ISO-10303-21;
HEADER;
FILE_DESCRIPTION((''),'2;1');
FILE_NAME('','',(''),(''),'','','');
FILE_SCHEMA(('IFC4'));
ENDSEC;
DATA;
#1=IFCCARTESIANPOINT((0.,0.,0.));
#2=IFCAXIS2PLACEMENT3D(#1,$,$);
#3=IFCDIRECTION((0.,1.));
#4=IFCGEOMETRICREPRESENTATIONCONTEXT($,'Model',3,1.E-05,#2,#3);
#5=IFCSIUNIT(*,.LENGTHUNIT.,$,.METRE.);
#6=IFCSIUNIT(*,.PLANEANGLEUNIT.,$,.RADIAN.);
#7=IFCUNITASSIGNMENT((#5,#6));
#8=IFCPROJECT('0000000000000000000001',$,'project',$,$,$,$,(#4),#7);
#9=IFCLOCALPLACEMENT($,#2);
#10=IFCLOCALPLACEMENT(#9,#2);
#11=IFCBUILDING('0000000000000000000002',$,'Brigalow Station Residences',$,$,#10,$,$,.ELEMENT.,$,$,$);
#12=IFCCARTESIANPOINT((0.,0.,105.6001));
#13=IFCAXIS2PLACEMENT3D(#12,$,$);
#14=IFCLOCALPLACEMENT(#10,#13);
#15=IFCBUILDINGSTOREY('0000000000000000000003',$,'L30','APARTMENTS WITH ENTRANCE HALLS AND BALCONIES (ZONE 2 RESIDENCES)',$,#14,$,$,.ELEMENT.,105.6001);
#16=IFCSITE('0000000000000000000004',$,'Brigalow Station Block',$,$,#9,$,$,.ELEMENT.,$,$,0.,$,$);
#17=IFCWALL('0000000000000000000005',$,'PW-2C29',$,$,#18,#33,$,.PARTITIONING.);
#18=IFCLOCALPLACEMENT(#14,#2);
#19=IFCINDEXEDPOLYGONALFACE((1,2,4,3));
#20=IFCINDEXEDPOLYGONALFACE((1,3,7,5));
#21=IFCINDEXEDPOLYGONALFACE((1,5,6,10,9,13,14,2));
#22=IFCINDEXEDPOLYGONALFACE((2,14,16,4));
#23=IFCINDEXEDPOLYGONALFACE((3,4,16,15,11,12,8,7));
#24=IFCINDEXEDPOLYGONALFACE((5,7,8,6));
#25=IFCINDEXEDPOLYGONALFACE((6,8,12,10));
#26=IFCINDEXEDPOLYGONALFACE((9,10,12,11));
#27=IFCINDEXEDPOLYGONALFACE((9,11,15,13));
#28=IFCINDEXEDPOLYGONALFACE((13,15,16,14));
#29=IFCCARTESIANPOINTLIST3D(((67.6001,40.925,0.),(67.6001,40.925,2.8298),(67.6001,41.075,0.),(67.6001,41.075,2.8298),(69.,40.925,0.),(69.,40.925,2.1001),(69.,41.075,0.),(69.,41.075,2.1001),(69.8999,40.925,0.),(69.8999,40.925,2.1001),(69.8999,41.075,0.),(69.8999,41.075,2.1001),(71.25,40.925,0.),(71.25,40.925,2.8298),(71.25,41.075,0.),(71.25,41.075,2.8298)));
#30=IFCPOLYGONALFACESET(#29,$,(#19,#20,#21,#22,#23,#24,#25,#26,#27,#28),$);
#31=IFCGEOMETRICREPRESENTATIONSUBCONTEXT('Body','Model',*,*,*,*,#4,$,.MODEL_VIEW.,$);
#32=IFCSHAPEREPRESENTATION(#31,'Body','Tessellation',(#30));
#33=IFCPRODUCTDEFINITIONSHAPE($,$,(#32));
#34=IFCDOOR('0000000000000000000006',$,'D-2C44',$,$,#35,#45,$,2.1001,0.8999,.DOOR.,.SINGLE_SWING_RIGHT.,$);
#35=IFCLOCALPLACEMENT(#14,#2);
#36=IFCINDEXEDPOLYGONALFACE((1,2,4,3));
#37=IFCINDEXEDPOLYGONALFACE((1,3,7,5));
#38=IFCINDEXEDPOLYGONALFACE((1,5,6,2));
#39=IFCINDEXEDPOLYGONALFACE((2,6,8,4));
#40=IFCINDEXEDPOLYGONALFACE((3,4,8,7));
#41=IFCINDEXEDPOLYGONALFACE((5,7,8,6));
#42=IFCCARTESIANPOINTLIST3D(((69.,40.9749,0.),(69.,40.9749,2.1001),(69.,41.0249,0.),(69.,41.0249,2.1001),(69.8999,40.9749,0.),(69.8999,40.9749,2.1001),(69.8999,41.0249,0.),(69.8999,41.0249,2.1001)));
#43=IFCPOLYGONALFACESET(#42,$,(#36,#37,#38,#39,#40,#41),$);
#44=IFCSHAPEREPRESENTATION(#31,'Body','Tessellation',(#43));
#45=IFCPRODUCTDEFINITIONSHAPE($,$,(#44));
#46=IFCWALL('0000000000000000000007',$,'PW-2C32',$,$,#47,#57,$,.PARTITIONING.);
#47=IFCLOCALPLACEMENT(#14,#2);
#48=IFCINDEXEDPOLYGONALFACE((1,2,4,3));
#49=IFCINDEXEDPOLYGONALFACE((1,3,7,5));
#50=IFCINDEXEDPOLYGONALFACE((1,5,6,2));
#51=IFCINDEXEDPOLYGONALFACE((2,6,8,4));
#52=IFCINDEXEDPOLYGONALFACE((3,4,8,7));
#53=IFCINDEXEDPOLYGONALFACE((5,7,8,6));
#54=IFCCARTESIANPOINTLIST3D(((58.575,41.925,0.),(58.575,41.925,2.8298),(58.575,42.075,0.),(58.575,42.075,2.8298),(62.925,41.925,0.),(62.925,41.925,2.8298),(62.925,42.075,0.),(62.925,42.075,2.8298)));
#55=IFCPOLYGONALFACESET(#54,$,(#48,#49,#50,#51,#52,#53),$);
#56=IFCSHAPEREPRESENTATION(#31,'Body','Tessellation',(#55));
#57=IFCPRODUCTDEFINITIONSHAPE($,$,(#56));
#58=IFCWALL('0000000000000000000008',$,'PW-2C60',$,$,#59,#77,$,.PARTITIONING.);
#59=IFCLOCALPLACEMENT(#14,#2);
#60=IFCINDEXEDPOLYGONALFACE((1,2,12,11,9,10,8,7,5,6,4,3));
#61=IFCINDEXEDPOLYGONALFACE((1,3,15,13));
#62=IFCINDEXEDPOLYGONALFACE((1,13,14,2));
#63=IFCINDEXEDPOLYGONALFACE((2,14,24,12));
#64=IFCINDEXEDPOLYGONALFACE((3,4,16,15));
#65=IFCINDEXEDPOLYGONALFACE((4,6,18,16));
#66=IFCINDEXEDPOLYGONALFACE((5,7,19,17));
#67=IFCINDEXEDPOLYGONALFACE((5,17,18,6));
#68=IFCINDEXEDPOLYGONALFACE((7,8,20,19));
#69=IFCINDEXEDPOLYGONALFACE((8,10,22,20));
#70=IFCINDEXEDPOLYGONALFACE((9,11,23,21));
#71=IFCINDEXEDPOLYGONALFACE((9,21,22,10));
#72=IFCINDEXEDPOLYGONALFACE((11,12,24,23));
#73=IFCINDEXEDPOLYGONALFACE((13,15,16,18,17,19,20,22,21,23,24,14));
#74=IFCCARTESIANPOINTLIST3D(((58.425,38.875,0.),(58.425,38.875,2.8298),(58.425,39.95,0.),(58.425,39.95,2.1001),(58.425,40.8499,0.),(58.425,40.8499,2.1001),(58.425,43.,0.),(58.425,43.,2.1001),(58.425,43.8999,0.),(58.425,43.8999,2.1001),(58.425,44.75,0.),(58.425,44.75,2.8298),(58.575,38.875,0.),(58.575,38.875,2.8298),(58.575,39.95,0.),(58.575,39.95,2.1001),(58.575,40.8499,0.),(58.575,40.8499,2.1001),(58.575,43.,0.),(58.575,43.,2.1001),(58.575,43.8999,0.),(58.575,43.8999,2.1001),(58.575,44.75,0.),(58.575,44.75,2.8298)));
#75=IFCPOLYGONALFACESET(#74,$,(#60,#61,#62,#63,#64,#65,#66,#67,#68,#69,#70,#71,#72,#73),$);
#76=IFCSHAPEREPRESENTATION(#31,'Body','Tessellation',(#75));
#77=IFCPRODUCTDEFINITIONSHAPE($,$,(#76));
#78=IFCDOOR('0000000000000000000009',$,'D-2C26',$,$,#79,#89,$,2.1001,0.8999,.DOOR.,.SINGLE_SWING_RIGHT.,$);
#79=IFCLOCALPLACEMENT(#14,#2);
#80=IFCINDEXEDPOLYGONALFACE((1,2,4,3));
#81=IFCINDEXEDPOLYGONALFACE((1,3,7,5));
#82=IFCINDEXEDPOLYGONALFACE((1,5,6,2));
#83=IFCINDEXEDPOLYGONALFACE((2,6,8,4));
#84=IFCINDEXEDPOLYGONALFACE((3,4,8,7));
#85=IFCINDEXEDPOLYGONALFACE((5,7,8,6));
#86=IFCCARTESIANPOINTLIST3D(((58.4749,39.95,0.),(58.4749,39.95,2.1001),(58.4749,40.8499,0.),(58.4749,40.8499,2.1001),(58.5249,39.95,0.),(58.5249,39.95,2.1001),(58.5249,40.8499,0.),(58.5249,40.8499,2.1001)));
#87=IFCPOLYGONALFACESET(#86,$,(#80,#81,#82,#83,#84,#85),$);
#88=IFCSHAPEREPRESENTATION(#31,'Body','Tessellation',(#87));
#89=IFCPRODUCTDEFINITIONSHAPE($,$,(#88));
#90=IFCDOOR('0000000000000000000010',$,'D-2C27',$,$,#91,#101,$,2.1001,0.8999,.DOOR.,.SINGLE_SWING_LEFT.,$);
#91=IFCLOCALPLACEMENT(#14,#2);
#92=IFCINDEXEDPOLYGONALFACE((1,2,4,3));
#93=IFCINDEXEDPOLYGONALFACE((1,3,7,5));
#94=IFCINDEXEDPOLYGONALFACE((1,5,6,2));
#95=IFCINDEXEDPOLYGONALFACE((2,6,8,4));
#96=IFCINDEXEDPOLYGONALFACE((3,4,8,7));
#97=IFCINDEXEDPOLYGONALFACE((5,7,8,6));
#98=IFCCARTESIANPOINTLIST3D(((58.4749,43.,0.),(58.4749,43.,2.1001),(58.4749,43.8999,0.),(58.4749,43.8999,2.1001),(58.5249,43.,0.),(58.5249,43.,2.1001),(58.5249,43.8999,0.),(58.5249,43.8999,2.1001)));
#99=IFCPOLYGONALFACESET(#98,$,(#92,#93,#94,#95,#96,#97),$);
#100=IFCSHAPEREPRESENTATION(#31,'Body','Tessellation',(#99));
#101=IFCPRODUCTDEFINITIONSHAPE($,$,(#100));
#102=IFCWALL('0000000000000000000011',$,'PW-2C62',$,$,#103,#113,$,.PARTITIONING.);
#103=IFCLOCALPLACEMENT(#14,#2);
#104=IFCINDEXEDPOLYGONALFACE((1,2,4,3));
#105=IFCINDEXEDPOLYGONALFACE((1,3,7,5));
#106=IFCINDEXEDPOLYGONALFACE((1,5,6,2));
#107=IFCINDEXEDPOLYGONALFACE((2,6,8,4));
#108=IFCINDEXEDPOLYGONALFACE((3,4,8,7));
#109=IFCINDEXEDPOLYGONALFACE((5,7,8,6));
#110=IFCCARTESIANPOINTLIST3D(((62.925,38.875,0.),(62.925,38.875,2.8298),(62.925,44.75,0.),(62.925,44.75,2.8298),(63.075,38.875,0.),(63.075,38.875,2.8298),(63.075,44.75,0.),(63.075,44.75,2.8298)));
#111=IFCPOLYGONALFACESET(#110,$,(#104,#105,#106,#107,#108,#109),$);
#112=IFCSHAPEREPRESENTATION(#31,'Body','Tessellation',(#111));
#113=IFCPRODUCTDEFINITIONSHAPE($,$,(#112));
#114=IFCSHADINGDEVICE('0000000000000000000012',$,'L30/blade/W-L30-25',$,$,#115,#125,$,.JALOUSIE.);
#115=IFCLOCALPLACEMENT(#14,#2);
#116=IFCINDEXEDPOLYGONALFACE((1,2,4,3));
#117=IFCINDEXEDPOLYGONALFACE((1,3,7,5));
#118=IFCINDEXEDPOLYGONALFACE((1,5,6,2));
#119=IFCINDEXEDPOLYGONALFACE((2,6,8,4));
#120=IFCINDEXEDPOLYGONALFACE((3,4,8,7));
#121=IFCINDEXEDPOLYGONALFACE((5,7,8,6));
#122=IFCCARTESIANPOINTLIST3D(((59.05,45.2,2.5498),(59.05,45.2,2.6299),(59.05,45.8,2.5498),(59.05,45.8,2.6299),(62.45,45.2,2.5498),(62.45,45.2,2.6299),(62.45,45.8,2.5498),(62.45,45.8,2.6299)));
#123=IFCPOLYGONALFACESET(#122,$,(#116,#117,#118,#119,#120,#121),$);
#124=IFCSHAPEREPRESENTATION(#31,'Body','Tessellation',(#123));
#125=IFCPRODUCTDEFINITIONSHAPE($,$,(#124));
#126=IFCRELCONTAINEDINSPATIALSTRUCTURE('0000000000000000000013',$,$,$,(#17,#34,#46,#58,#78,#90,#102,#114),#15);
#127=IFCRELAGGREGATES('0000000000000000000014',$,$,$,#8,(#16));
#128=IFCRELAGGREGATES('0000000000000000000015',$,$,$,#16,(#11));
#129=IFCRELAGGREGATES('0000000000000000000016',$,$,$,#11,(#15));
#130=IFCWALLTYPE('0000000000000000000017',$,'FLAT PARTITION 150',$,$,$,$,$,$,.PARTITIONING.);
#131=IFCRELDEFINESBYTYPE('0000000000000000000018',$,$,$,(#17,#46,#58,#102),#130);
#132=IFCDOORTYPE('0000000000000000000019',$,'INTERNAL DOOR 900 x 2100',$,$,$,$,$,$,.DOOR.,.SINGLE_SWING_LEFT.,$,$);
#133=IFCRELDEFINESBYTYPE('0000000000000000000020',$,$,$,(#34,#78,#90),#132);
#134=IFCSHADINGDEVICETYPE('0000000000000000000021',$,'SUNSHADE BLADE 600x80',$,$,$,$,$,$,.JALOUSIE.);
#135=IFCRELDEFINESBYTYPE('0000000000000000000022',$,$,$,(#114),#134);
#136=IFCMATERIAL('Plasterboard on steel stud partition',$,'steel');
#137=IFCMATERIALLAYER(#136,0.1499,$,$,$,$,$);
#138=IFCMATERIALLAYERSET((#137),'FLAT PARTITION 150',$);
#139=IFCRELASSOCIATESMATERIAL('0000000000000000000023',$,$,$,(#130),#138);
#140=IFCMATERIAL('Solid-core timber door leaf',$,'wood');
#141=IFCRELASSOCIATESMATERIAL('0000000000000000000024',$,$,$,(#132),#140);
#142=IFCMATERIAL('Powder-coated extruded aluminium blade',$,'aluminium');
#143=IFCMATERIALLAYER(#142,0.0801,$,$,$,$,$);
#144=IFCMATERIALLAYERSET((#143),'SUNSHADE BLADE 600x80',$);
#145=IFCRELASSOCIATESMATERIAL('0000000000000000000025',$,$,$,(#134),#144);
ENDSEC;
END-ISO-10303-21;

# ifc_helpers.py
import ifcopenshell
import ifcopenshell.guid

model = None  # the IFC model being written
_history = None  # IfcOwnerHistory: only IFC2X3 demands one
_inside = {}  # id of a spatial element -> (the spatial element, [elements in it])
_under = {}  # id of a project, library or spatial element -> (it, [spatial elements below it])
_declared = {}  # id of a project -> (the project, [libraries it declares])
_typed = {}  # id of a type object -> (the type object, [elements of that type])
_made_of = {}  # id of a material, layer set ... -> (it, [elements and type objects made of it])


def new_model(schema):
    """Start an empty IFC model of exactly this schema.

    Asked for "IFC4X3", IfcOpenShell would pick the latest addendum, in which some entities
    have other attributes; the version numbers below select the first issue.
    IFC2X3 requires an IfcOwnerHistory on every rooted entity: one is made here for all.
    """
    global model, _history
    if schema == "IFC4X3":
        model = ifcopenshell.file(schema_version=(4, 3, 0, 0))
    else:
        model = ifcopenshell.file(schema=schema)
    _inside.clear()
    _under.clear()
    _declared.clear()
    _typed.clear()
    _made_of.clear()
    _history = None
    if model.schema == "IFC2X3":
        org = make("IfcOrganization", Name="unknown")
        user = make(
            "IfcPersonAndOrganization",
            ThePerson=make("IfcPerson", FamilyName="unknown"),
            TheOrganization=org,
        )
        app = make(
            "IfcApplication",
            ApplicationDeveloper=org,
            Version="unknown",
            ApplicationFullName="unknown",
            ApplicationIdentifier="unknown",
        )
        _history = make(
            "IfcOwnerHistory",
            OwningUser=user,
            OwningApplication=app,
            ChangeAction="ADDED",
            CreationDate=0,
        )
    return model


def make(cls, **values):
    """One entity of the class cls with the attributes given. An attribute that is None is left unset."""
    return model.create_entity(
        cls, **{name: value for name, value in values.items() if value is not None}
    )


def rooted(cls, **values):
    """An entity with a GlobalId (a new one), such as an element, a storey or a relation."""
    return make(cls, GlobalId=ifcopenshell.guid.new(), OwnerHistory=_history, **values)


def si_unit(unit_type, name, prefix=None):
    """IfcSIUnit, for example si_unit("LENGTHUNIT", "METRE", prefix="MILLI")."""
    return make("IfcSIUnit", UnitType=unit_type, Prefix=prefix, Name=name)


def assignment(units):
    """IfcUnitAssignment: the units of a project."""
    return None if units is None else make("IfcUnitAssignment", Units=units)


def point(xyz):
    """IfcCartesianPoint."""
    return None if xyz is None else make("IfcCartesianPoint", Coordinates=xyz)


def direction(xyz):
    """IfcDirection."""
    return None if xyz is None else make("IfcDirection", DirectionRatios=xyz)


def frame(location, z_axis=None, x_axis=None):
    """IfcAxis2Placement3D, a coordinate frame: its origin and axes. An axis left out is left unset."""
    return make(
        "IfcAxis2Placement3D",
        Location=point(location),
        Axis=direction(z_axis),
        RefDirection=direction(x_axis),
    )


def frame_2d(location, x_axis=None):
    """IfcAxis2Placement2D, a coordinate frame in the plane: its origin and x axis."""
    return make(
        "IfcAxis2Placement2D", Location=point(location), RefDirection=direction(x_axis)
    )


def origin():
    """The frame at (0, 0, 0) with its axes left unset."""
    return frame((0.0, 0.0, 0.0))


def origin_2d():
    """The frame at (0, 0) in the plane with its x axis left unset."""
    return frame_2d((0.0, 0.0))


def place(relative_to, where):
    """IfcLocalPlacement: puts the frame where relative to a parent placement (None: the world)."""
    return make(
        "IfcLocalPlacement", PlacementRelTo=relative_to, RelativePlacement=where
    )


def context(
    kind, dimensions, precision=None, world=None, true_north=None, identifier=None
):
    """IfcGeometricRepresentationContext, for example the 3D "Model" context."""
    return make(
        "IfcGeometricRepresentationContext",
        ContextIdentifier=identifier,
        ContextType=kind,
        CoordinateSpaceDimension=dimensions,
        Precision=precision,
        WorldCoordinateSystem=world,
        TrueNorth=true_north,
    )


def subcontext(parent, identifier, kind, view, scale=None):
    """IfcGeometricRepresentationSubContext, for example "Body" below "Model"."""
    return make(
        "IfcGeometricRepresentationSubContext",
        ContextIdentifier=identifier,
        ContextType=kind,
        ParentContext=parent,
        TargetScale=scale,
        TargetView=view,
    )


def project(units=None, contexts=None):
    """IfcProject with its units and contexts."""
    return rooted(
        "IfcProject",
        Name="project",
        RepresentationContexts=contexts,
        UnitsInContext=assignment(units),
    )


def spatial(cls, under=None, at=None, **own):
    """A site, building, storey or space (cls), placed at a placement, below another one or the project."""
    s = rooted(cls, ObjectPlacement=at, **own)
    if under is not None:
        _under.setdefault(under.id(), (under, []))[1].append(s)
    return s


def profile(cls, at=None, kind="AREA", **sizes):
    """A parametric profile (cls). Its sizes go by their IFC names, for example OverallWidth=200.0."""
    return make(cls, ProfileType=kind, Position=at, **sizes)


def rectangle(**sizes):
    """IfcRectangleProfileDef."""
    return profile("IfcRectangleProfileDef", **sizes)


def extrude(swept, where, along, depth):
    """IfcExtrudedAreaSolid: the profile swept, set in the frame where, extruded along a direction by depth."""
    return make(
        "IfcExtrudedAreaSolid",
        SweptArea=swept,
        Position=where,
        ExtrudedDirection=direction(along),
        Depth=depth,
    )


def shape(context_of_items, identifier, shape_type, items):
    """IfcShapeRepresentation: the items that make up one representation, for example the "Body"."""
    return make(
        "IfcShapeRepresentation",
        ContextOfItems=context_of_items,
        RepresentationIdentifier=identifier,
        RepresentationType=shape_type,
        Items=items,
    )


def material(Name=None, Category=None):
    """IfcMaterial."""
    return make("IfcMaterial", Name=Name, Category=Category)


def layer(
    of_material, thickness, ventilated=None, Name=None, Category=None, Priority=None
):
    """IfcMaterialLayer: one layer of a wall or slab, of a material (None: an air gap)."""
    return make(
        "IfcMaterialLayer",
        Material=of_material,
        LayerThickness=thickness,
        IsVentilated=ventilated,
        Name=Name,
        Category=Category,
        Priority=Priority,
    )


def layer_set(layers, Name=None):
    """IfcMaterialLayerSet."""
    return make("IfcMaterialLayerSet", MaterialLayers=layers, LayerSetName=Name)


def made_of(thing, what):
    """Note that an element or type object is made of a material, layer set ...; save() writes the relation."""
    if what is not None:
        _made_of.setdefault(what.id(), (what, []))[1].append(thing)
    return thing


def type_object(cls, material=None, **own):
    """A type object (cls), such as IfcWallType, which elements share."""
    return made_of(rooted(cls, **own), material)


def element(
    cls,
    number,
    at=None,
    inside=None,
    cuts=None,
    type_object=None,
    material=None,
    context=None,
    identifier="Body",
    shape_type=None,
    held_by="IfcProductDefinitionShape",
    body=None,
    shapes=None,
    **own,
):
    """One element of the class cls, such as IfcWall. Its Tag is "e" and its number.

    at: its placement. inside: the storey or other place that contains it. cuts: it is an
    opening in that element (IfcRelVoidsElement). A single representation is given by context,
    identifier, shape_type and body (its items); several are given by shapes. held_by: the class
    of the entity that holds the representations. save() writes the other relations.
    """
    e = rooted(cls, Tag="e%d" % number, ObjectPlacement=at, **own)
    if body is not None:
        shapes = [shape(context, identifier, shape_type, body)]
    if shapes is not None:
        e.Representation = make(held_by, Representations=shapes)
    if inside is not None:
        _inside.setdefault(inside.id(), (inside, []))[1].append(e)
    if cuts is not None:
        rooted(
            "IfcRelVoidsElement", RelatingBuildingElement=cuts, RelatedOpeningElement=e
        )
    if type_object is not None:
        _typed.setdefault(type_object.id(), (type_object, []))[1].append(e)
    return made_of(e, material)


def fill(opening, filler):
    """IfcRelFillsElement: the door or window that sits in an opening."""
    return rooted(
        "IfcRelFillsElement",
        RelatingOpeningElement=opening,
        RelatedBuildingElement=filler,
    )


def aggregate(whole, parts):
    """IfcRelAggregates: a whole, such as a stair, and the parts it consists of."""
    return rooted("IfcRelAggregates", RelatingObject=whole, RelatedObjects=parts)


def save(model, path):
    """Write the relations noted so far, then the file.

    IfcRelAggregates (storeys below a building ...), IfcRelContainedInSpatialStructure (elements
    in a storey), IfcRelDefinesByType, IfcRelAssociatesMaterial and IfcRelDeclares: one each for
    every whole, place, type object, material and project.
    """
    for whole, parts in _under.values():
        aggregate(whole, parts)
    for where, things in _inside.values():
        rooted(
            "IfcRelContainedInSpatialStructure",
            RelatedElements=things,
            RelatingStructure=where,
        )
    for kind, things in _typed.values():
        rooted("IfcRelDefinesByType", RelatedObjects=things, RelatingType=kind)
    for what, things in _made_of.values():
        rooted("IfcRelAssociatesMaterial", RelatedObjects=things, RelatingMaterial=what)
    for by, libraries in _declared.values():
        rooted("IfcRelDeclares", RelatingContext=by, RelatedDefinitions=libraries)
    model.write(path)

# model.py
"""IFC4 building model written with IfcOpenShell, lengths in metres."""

from ifc_helpers import new_model, si_unit, direction, frame, frame_2d, origin, origin_2d, place, context, subcontext, project, spatial, rectangle, extrude, material, layer, layer_set, type_object, element, fill, save


model = new_model("IFC4")

# Units and contexts
model_context = context("Model", 3, precision=1e-05, world=origin(), true_north=direction((0.0, 1.0)))
body_context = subcontext(model_context, "Body", "Model", "MODEL_VIEW")
ifc_project = project(units=[si_unit("LENGTHUNIT", "METRE"), si_unit("PLANEANGLEUNIT", "RADIAN")], contexts=[model_context])

# Site, building, storey
site_placement = place(None, origin())
site = spatial("IfcSite", under=ifc_project, at=site_placement, Name="Brigalow Station Block", CompositionType="ELEMENT", RefElevation=0.0)
building_placement = place(site_placement, origin())
building = spatial("IfcBuilding", under=site, at=building_placement, Name="Brigalow Station Residences", CompositionType="ELEMENT")
storey_placement = place(building_placement, frame((0.0, 0.0, 105.6001)))
storey = spatial("IfcBuildingStorey", under=building, at=storey_placement, Name="L30", Description="APARTMENTS WITH ENTRANCE HALLS AND BALCONIES (ZONE 2 RESIDENCES)", CompositionType="ELEMENT", Elevation=105.6001)

# Wall, opening, door
ifc_material_1 = material(Name="Plasterboard on steel stud partition", Category="steel")
ifc_layer_1 = layer(ifc_material_1, 0.1499)
ifc_layer_set_1 = layer_set([ifc_layer_1], Name="FLAT PARTITION 150")
wall_type_1 = type_object("IfcWallType", Name="FLAT PARTITION 150", PredefinedType="PARTITIONING", material=ifc_layer_set_1)
wall_1_placement = place(storey_placement, frame((67.6001, 41.0, 0.0), z_axis=(0.0, 0.0, 1.0), x_axis=(1.0, 0.0, 0.0)))
wall_1 = element("IfcWall", 1, at=wall_1_placement, inside=storey, type_object=wall_type_1, Name="PW-2C29", PredefinedType="PARTITIONING", context=body_context, shape_type="SweptSolid", body=[
    extrude(rectangle(XDim=3.6499, YDim=0.1499, at=frame_2d((1.825, 0.0))), origin(), (0.0, 0.0, 1.0), 2.8298),
])
opening_1_placement = place(wall_1_placement, frame((1.3999, 0.0, 0.0)))
opening_1 = element("IfcOpeningElement", 2, at=opening_1_placement, cuts=wall_1, PredefinedType="OPENING", context=body_context, shape_type="SweptSolid", body=[
    extrude(rectangle(XDim=0.8999, YDim=2.1001, at=frame_2d((0.45, 1.05))), frame((0.0, 0.085, 0.0), z_axis=(0.0, -1.0, 0.0), x_axis=(1.0, 0.0, 0.0)), (0.0, 0.0, 1.0), 0.1699),
])
ifc_material_2 = material(Name="Solid-core timber door leaf", Category="wood")
door_type_1 = type_object("IfcDoorType", Name="INTERNAL DOOR 900 x 2100", OperationType="SINGLE_SWING_LEFT", PredefinedType="DOOR", material=ifc_material_2)
door_1_placement = place(opening_1_placement, origin())
door_1 = element("IfcDoor", 3, at=door_1_placement, inside=storey, type_object=door_type_1, Name="D-2C44", OperationType="SINGLE_SWING_RIGHT", OverallHeight=2.1001, OverallWidth=0.8999, PredefinedType="DOOR", context=body_context, shape_type="SweptSolid", body=[
    extrude(rectangle(XDim=0.8999, YDim=2.1001, at=frame_2d((0.45, 1.05))), frame((0.0, 0.0249, 0.0), z_axis=(0.0, -1.0, 0.0), x_axis=(1.0, 0.0, 0.0)), (0.0, 0.0, 1.0), 0.05),
])
fill(opening_1, door_1)

# Wall
wall_2_placement = place(storey_placement, frame((58.575, 42.0, 0.0), z_axis=(0.0, 0.0, 1.0), x_axis=(1.0, 0.0, 0.0)))
element("IfcWall", 4, at=wall_2_placement, inside=storey, type_object=wall_type_1, Name="PW-2C32", PredefinedType="PARTITIONING", context=body_context, shape_type="SweptSolid", body=[
    extrude(rectangle(XDim=4.3501, YDim=0.1499, at=frame_2d((2.175, 0.0))), origin(), (0.0, 0.0, 1.0), 2.8298),
])

# Wall, openings, doors
wall_3_placement = place(storey_placement, frame((58.5, 38.875, 0.0), z_axis=(0.0, 0.0, 1.0), x_axis=(0.0, 1.0, 0.0)))
wall_3 = element("IfcWall", 5, at=wall_3_placement, inside=storey, type_object=wall_type_1, Name="PW-2C60", PredefinedType="PARTITIONING", context=body_context, shape_type="SweptSolid", body=[
    extrude(rectangle(XDim=5.875, YDim=0.1499, at=frame_2d((2.9375, 0.0))), origin(), (0.0, 0.0, 1.0), 2.8298),
])
opening_2_placement = place(wall_3_placement, frame((1.075, 0.0, 0.0)))
opening_2 = element("IfcOpeningElement", 6, at=opening_2_placement, cuts=wall_3, PredefinedType="OPENING", context=body_context, shape_type="SweptSolid", body=[
    extrude(rectangle(XDim=0.8999, YDim=2.1001, at=frame_2d((0.45, 1.05))), frame((0.0, 0.085, 0.0), z_axis=(0.0, -1.0, 0.0), x_axis=(1.0, 0.0, 0.0)), (0.0, 0.0, 1.0), 0.1699),
])
opening_3_placement = place(wall_3_placement, frame((4.125, 0.0, 0.0)))
opening_3 = element("IfcOpeningElement", 7, at=opening_3_placement, cuts=wall_3, PredefinedType="OPENING", context=body_context, shape_type="SweptSolid", body=[
    extrude(rectangle(XDim=0.8999, YDim=2.1001, at=frame_2d((0.45, 1.05))), frame((0.0, 0.085, 0.0), z_axis=(0.0, -1.0, 0.0), x_axis=(1.0, 0.0, 0.0)), (0.0, 0.0, 1.0), 0.1699),
])
door_2_placement = place(opening_2_placement, frame((0.8999, 0.0, 0.0), z_axis=(0.0, 0.0, 1.0), x_axis=(-1.0, 0.0, 0.0)))
door_2 = element("IfcDoor", 8, at=door_2_placement, inside=storey, type_object=door_type_1, Name="D-2C26", OperationType="SINGLE_SWING_RIGHT", OverallHeight=2.1001, OverallWidth=0.8999, PredefinedType="DOOR", context=body_context, shape_type="SweptSolid", body=[
    extrude(rectangle(XDim=0.8999, YDim=2.1001, at=frame_2d((0.45, 1.05))), frame((0.0, 0.0249, 0.0), z_axis=(0.0, -1.0, 0.0), x_axis=(1.0, 0.0, 0.0)), (0.0, 0.0, 1.0), 0.05),
])
fill(opening_2, door_2)
door_3_placement = place(opening_3_placement, frame((0.8999, 0.0, 0.0), z_axis=(0.0, 0.0, 1.0), x_axis=(-1.0, 0.0, 0.0)))
door_3 = element("IfcDoor", 9, at=door_3_placement, inside=storey, type_object=door_type_1, Name="D-2C27", OperationType="SINGLE_SWING_LEFT", OverallHeight=2.1001, OverallWidth=0.8999, PredefinedType="DOOR", context=body_context, shape_type="SweptSolid", body=[
    extrude(rectangle(XDim=0.8999, YDim=2.1001, at=frame_2d((0.45, 1.05))), frame((0.0, 0.0249, 0.0), z_axis=(0.0, -1.0, 0.0), x_axis=(1.0, 0.0, 0.0)), (0.0, 0.0, 1.0), 0.05),
])
fill(opening_3, door_3)

# Wall
wall_4_placement = place(storey_placement, frame((63.0, 38.875, 0.0), z_axis=(0.0, 0.0, 1.0), x_axis=(0.0, 1.0, 0.0)))
element("IfcWall", 10, at=wall_4_placement, inside=storey, type_object=wall_type_1, Name="PW-2C62", PredefinedType="PARTITIONING", context=body_context, shape_type="SweptSolid", body=[
    extrude(rectangle(XDim=5.875, YDim=0.1499, at=frame_2d((2.9375, 0.0))), origin(), (0.0, 0.0, 1.0), 2.8298),
])

# Shading device
ifc_material_3 = material(Name="Powder-coated extruded aluminium blade", Category="aluminium")
ifc_layer_2 = layer(ifc_material_3, 0.0801)
ifc_layer_set_2 = layer_set([ifc_layer_2], Name="SUNSHADE BLADE 600x80")
shading_device_type = type_object("IfcShadingDeviceType", Name="SUNSHADE BLADE 600x80", PredefinedType="JALOUSIE", material=ifc_layer_set_2)
shading_device_placement = place(storey_placement, frame((60.75, 45.5, 2.5498), z_axis=(0.0, 0.0, 1.0), x_axis=(-1.0, 0.0, 0.0)))
element("IfcShadingDevice", 11, at=shading_device_placement, inside=storey, type_object=shading_device_type, Name="L30/blade/W-L30-25", PredefinedType="JALOUSIE", context=body_context, shape_type="SweptSolid", body=[
    extrude(rectangle(XDim=3.3999, YDim=0.6001, at=origin_2d()), origin(), (0.0, 0.0, 1.0), 0.0801),
])

save(model, "model.ifc")
